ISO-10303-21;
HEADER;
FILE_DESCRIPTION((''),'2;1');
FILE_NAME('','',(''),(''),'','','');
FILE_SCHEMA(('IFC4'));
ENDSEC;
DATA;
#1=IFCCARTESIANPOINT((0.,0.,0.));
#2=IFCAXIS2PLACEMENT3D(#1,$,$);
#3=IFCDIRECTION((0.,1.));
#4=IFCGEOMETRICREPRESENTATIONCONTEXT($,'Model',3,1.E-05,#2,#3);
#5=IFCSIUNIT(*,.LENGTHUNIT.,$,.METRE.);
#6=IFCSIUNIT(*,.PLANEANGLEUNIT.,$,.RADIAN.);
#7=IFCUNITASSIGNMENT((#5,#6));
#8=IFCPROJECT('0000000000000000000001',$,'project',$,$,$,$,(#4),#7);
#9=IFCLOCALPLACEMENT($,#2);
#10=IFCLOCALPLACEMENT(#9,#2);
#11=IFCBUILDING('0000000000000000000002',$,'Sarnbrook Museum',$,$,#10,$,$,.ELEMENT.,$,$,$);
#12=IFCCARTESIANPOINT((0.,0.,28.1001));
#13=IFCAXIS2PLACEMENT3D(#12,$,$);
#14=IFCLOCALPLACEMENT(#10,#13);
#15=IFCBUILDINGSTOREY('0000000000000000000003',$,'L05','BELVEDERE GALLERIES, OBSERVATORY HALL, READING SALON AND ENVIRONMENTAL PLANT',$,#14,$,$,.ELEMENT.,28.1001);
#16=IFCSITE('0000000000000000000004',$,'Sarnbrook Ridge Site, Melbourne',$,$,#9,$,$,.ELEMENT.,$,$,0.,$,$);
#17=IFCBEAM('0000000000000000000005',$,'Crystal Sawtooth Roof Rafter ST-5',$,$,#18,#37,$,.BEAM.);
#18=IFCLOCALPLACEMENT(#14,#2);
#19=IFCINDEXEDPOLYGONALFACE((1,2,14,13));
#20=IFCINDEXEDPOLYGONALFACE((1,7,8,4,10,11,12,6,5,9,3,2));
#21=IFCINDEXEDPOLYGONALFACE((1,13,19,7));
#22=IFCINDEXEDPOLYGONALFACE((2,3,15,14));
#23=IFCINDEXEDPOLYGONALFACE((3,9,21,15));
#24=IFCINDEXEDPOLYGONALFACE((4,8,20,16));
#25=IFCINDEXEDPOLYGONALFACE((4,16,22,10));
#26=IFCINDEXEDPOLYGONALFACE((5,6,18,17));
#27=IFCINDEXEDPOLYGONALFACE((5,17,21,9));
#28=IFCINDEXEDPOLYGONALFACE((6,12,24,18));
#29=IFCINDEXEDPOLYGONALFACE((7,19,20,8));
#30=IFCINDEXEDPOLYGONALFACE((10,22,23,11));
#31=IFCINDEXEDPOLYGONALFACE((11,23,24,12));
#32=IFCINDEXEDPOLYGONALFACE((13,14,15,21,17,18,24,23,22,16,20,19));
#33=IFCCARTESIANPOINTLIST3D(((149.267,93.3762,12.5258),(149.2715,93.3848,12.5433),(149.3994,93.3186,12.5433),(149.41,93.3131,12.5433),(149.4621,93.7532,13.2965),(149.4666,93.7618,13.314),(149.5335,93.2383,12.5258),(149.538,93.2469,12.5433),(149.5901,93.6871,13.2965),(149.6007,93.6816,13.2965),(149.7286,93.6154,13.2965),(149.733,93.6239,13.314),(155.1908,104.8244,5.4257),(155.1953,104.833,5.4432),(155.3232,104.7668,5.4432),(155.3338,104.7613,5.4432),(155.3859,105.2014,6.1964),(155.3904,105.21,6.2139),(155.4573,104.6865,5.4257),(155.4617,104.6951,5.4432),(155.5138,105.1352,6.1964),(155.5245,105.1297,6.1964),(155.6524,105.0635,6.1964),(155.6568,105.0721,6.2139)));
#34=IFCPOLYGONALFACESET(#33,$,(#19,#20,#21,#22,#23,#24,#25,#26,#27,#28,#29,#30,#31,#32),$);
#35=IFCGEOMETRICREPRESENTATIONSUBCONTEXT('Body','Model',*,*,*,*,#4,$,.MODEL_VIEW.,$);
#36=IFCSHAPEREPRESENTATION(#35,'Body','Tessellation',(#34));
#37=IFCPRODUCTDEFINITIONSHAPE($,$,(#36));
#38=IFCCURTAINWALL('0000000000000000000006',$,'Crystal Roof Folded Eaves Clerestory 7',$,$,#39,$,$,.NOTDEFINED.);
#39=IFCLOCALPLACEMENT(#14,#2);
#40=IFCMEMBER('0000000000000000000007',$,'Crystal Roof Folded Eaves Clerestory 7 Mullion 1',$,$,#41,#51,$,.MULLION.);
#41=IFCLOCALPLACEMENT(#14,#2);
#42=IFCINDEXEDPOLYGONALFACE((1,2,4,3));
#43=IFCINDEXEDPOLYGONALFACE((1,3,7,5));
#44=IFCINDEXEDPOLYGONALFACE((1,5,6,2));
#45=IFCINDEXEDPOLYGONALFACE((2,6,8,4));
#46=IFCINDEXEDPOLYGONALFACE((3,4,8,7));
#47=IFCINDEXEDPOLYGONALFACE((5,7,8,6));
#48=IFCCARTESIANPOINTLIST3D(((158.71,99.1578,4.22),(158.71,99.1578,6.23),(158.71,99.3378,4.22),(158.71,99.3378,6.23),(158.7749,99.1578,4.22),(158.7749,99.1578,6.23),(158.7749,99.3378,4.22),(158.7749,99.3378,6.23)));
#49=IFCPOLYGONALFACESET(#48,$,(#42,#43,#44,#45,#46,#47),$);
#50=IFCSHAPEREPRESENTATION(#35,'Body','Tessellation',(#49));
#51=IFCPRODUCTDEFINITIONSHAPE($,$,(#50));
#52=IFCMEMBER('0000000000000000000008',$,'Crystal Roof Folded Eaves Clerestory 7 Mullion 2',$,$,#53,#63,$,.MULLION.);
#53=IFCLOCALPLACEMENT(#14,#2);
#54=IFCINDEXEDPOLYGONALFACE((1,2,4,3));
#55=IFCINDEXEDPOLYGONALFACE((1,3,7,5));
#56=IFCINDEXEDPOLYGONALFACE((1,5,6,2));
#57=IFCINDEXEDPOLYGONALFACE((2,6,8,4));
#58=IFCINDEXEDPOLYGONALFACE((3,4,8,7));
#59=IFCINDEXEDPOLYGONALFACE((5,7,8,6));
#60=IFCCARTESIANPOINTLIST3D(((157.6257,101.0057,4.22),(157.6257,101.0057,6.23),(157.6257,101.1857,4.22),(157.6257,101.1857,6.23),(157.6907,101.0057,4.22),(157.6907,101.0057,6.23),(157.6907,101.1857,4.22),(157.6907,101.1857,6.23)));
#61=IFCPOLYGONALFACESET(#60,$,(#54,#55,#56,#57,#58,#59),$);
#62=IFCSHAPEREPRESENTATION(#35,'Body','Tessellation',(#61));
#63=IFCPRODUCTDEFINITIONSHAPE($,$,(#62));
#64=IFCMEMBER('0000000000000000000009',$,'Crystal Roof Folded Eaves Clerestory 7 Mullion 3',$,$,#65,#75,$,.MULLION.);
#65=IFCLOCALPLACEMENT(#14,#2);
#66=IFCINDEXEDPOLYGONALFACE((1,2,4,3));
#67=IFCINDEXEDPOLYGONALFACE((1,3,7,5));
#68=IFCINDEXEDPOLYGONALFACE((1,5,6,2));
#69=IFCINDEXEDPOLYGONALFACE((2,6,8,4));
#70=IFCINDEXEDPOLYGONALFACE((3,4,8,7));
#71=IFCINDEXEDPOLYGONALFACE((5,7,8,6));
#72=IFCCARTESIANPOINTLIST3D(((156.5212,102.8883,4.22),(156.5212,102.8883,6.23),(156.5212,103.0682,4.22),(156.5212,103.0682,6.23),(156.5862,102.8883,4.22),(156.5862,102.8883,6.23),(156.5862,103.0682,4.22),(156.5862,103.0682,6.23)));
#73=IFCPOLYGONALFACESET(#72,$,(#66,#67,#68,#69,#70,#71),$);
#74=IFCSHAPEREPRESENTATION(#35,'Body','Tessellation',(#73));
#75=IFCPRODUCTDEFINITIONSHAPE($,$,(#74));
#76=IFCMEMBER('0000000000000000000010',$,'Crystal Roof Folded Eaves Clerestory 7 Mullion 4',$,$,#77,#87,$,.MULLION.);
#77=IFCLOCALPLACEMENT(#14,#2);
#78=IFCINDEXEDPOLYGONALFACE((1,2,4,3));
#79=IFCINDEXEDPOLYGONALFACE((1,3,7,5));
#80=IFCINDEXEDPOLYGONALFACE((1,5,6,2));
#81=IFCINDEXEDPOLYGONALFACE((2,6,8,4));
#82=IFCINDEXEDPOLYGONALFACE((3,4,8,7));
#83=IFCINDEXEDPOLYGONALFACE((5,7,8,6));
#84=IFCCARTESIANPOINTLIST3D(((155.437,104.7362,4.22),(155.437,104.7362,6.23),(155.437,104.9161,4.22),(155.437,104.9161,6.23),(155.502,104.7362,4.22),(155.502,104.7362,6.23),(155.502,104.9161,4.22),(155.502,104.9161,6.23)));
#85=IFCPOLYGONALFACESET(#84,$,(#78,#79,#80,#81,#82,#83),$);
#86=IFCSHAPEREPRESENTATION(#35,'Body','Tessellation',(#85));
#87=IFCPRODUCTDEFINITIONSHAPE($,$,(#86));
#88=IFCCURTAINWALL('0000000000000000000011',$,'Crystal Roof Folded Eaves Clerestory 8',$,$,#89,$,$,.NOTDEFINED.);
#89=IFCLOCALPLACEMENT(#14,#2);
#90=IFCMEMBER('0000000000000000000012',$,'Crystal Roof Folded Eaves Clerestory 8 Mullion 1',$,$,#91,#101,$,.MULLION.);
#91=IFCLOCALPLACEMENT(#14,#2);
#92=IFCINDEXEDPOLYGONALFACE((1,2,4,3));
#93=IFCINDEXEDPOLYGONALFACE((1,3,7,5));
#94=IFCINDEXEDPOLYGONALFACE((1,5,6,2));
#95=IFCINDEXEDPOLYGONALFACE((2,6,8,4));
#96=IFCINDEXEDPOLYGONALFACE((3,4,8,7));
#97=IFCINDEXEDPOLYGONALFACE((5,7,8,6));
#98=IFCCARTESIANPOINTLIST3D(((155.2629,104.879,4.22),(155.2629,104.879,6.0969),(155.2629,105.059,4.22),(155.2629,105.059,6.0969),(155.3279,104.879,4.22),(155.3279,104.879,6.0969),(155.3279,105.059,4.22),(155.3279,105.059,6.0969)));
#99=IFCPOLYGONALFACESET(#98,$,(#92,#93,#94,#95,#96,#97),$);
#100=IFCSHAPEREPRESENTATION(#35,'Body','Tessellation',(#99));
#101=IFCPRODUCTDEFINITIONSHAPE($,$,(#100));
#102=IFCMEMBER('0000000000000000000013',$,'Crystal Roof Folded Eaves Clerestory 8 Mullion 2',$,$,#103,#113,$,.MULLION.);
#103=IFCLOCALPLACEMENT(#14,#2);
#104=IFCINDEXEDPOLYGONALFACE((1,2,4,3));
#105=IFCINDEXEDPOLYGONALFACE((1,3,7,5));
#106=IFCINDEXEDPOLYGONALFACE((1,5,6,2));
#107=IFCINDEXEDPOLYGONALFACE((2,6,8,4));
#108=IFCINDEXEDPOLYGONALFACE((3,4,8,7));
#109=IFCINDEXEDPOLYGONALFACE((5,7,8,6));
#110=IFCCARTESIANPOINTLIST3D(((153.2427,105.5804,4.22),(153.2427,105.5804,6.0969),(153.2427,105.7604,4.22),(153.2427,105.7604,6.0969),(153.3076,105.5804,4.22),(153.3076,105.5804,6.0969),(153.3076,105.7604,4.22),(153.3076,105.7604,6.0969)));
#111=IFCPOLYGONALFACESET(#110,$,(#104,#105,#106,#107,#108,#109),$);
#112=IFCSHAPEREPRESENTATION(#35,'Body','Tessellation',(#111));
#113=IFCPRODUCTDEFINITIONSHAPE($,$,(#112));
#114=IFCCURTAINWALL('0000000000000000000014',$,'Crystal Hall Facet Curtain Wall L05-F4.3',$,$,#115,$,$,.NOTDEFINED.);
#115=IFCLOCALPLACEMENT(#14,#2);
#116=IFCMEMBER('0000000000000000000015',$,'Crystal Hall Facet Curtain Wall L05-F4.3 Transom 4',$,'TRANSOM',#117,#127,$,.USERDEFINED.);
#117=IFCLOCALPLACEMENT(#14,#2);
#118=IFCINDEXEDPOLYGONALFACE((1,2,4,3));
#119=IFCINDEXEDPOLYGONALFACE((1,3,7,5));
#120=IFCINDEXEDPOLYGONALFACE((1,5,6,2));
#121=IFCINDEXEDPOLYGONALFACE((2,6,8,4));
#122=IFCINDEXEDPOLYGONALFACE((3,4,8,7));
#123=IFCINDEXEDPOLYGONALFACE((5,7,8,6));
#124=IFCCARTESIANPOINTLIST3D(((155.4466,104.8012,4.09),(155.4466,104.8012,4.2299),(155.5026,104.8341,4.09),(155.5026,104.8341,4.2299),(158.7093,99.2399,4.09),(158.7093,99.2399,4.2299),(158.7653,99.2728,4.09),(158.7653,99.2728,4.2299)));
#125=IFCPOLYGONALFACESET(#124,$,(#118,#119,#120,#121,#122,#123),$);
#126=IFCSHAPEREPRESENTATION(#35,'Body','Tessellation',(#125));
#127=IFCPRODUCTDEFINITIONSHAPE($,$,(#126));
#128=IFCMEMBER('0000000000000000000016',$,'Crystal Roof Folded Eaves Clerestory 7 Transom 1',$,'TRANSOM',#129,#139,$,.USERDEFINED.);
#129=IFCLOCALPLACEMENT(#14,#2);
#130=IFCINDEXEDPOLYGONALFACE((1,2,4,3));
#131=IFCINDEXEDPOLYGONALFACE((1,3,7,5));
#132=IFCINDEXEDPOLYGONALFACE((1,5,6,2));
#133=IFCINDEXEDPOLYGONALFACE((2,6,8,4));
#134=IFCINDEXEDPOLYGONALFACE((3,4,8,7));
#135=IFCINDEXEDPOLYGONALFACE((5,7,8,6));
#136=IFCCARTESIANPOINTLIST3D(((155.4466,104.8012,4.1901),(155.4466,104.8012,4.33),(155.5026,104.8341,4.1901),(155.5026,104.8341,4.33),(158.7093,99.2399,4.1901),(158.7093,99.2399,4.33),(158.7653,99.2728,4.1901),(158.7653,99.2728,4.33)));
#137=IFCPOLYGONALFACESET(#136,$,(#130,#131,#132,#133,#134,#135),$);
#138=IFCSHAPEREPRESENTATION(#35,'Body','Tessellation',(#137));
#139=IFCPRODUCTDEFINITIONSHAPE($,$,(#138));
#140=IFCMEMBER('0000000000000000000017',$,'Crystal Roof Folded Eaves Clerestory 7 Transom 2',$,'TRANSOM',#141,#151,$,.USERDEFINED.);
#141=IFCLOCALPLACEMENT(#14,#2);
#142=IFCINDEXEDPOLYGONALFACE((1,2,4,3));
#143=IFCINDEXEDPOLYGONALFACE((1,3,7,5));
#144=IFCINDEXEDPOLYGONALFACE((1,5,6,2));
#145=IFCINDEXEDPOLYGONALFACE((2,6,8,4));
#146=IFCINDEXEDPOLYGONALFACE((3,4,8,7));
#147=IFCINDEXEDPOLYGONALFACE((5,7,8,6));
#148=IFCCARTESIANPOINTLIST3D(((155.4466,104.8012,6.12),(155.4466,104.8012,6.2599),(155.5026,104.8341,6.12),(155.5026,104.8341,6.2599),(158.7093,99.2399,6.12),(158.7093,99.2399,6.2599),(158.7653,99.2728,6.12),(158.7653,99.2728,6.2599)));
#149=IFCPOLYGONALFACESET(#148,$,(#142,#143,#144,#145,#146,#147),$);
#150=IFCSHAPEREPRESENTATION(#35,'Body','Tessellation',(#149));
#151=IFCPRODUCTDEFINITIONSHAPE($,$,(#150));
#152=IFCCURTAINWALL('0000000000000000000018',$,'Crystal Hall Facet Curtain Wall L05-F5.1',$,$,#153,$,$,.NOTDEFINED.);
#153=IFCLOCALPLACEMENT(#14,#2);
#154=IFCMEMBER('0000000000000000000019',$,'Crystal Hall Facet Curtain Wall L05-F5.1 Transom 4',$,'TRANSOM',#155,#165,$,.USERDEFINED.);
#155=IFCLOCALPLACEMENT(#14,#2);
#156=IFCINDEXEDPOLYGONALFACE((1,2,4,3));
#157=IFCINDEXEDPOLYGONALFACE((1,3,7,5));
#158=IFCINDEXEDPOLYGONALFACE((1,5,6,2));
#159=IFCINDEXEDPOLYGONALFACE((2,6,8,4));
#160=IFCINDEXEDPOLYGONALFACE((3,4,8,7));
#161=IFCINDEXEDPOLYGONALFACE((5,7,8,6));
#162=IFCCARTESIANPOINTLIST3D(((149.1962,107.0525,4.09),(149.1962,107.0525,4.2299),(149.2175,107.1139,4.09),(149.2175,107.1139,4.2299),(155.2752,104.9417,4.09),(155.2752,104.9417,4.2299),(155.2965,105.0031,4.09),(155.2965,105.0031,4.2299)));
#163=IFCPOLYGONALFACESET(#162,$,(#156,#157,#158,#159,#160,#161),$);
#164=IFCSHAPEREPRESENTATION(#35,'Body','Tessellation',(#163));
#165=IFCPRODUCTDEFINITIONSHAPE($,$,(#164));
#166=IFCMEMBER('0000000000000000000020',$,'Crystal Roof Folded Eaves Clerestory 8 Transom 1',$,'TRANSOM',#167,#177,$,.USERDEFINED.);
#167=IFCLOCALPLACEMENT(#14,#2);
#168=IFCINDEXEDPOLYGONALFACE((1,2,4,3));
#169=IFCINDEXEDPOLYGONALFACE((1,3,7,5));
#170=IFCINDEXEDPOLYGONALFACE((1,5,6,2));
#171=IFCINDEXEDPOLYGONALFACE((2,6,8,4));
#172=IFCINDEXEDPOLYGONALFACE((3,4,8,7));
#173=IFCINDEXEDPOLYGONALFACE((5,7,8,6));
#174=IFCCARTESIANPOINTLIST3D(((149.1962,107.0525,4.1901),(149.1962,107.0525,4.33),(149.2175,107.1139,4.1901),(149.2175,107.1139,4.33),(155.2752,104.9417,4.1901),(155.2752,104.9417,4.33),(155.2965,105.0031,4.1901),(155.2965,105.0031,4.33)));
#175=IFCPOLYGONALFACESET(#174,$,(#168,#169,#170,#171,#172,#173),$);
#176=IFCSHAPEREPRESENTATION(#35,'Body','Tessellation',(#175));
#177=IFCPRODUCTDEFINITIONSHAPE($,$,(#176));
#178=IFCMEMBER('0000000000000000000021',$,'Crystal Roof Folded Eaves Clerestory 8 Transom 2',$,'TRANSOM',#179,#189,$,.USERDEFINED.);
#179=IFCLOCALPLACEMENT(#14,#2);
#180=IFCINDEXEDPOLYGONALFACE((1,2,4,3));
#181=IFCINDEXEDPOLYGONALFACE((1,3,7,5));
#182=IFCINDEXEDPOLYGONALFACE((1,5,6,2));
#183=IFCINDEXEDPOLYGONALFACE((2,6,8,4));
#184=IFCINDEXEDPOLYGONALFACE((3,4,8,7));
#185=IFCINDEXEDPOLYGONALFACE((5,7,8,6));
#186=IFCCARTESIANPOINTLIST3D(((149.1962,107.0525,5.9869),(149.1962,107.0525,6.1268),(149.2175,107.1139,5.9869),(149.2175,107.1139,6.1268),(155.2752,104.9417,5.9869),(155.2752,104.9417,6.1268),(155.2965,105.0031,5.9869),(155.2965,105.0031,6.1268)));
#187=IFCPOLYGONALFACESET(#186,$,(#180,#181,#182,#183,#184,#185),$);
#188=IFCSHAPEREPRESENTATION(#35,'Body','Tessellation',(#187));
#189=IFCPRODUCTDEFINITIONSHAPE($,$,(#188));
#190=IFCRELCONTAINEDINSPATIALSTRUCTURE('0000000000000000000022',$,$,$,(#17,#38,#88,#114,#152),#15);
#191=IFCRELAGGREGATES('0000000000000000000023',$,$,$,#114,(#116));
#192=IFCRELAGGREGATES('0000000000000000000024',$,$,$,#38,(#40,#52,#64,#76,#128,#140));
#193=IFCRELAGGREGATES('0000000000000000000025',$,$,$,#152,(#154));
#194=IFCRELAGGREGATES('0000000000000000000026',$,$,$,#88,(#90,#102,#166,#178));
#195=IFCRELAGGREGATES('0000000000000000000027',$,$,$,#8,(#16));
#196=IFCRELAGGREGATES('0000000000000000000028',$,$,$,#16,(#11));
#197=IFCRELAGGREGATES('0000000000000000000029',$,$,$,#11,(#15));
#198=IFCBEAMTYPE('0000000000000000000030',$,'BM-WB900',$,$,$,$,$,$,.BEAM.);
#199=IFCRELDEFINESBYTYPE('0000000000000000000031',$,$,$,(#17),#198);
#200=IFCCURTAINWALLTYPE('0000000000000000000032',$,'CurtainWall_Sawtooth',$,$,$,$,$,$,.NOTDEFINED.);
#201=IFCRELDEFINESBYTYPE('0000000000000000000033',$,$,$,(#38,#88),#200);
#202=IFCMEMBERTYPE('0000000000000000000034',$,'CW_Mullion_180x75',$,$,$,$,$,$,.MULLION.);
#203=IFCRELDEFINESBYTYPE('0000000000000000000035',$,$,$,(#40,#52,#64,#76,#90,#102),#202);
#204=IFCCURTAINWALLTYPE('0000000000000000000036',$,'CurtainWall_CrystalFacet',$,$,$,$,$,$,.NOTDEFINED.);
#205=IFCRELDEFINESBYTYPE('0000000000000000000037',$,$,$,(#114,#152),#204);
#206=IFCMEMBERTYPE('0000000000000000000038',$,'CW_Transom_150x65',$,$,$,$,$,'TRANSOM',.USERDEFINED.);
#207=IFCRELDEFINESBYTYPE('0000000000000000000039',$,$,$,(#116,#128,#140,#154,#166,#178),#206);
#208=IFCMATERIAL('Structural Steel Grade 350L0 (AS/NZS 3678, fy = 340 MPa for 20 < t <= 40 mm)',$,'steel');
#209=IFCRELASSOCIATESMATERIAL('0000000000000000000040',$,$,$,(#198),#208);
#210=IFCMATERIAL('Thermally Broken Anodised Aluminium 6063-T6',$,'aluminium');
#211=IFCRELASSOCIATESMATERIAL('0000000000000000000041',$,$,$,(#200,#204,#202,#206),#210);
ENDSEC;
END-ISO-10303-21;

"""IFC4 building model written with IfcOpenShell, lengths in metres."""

from ifc_helpers import new_model, si_unit, direction, frame, origin, origin_2d, place, context, subcontext, project, spatial, rectangle, i_section, extrude, material, material_profile, profile_set, type_object, element, aggregate, save


model = new_model("IFC4")

# Units and contexts
model_context = context("Model", 3, precision=1e-05, world=origin(), true_north=direction((0.0, 1.0)))
body_context = subcontext(model_context, "Body", "Model", "MODEL_VIEW")
ifc_project = project(units=[si_unit("LENGTHUNIT", "METRE"), si_unit("PLANEANGLEUNIT", "RADIAN")], contexts=[model_context])

# Site, building, storey
site_placement = place(None, origin())
site = spatial("IfcSite", under=ifc_project, at=site_placement, Name="Sarnbrook Ridge Site, Melbourne", CompositionType="ELEMENT", RefElevation=0.0)
building_placement = place(site_placement, origin())
building = spatial("IfcBuilding", under=site, at=building_placement, Name="Sarnbrook Museum", CompositionType="ELEMENT")
storey_placement = place(building_placement, frame((0.0, 0.0, 28.1001)))
storey = spatial("IfcBuildingStorey", under=building, at=storey_placement, Name="L05", Description="BELVEDERE GALLERIES, OBSERVATORY HALL, READING SALON AND ENVIRONMENTAL PLANT", CompositionType="ELEMENT", Elevation=28.1001)

# Beam
ifc_material_1 = material(Name="Structural Steel Grade 350L0 (AS/NZS 3678, fy = 340 MPa for 20 < t <= 40 mm)", Category="steel")
ifc_material_profile_1 = material_profile(ifc_material_1, i_section(OverallWidth=0.3, OverallDepth=0.8999, WebThickness=0.012, FlangeThickness=0.02, at=origin_2d()), Name="900WB175")
ifc_profile_set_1 = profile_set([ifc_material_profile_1], Name="Structural Steel Grade 350L0 (AS/NZS 3678, fy = 340 MPa for 20 < t <= 40 mm)")
beam_type = type_object("IfcBeamType", Name="BM-WB900", PredefinedType="BEAM", material=ifc_profile_set_1)
beam_placement = place(storey_placement, frame((155.4238, 104.9482, 5.8198), z_axis=(-0.402539, -0.777937, 0.482469), x_axis=(0.888144, -0.459565, 0.0)))
element("IfcBeam", 1, at=beam_placement, inside=storey, type_object=beam_type, Name="Crystal Sawtooth Roof Rafter ST-5", PredefinedType="BEAM", context=body_context, shape_type="SweptSolid", body=[
    extrude(i_section(OverallWidth=0.3, OverallDepth=0.8999, WebThickness=0.012, FlangeThickness=0.02, at=origin_2d()), origin(), (0.0, 0.0, 1.0), 14.7161),
])

# Curtain walls, members
ifc_material_2 = material(Name="Thermally Broken Anodised Aluminium 6063-T6", Category="aluminium")
curtain_wall_type_1 = type_object("IfcCurtainWallType", Name="CurtainWall_Sawtooth", PredefinedType="NOTDEFINED", material=ifc_material_2)
curtain_wall_1_placement = place(storey_placement, origin())
curtain_wall_1 = element("IfcCurtainWall", 2, at=curtain_wall_1_placement, inside=storey, type_object=curtain_wall_type_1, Name="Crystal Roof Folded Eaves Clerestory 7", PredefinedType="NOTDEFINED")
ifc_material_profile_2 = material_profile(ifc_material_2, rectangle(XDim=0.0649, YDim=0.1799, at=origin_2d()), Name="ALU MULLION 65x180")
ifc_profile_set_2 = profile_set([ifc_material_profile_2], Name="Thermally Broken Anodised Aluminium 6063-T6")
member_type_1 = type_object("IfcMemberType", Name="CW_Mullion_180x75", PredefinedType="MULLION", material=ifc_profile_set_2)
member_1_placement = place(storey_placement, frame((158.7424, 99.2478, 4.22), z_axis=(0.0, 0.0, 1.0), x_axis=(1.0, 0.0, 0.0)))
member_1 = element("IfcMember", 3, at=member_1_placement, type_object=member_type_1, Name="Crystal Roof Folded Eaves Clerestory 7 Mullion 1", PredefinedType="MULLION", context=body_context, shape_type="SweptSolid", body=[
    extrude(rectangle(XDim=0.0649, YDim=0.1799, at=origin_2d()), origin(), (0.0, 0.0, 1.0), 2.01),
])
member_2_placement = place(storey_placement, frame((157.6582, 101.0957, 4.22), z_axis=(0.0, 0.0, 1.0), x_axis=(1.0, 0.0, 0.0)))
member_2 = element("IfcMember", 4, at=member_2_placement, type_object=member_type_1, Name="Crystal Roof Folded Eaves Clerestory 7 Mullion 2", PredefinedType="MULLION", context=body_context, shape_type="SweptSolid", body=[
    extrude(rectangle(XDim=0.0649, YDim=0.1799, at=origin_2d()), origin(), (0.0, 0.0, 1.0), 2.01),
])
member_3_placement = place(storey_placement, frame((156.5537, 102.9783, 4.22), z_axis=(0.0, 0.0, 1.0), x_axis=(1.0, 0.0, 0.0)))
member_3 = element("IfcMember", 5, at=member_3_placement, type_object=member_type_1, Name="Crystal Roof Folded Eaves Clerestory 7 Mullion 3", PredefinedType="MULLION", context=body_context, shape_type="SweptSolid", body=[
    extrude(rectangle(XDim=0.0649, YDim=0.1799, at=origin_2d()), origin(), (0.0, 0.0, 1.0), 2.01),
])
member_4_placement = place(storey_placement, frame((155.4695, 104.8262, 4.22), z_axis=(0.0, 0.0, 1.0), x_axis=(1.0, 0.0, 0.0)))
member_4 = element("IfcMember", 6, at=member_4_placement, type_object=member_type_1, Name="Crystal Roof Folded Eaves Clerestory 7 Mullion 4", PredefinedType="MULLION", context=body_context, shape_type="SweptSolid", body=[
    extrude(rectangle(XDim=0.0649, YDim=0.1799, at=origin_2d()), origin(), (0.0, 0.0, 1.0), 2.01),
])
curtain_wall_2_placement = place(storey_placement, origin())
curtain_wall_2 = element("IfcCurtainWall", 7, at=curtain_wall_2_placement, inside=storey, type_object=curtain_wall_type_1, Name="Crystal Roof Folded Eaves Clerestory 8", PredefinedType="NOTDEFINED")
member_5_placement = place(storey_placement, frame((155.2954, 104.969, 4.22), z_axis=(0.0, 0.0, 1.0), x_axis=(1.0, 0.0, 0.0)))
member_5 = element("IfcMember", 8, at=member_5_placement, type_object=member_type_1, Name="Crystal Roof Folded Eaves Clerestory 8 Mullion 1", PredefinedType="MULLION", context=body_context, shape_type="SweptSolid", body=[
    extrude(rectangle(XDim=0.0649, YDim=0.1799, at=origin_2d()), origin(), (0.0, 0.0, 1.0), 1.877),
])
member_6_placement = place(storey_placement, frame((153.2751, 105.6704, 4.22), z_axis=(0.0, 0.0, 1.0), x_axis=(1.0, 0.0, 0.0)))
member_6 = element("IfcMember", 9, at=member_6_placement, type_object=member_type_1, Name="Crystal Roof Folded Eaves Clerestory 8 Mullion 2", PredefinedType="MULLION", context=body_context, shape_type="SweptSolid", body=[
    extrude(rectangle(XDim=0.0649, YDim=0.1799, at=origin_2d()), origin(), (0.0, 0.0, 1.0), 1.877),
])

# Curtain wall, member
curtain_wall_type_2 = type_object("IfcCurtainWallType", Name="CurtainWall_CrystalFacet", PredefinedType="NOTDEFINED", material=ifc_material_2)
curtain_wall_3_placement = place(storey_placement, origin())
curtain_wall_3 = element("IfcCurtainWall", 10, at=curtain_wall_3_placement, inside=storey, type_object=curtain_wall_type_2, Name="Crystal Hall Facet Curtain Wall L05-F4.3", PredefinedType="NOTDEFINED")
ifc_material_profile_3 = material_profile(ifc_material_2, rectangle(XDim=0.0649, YDim=0.1399, at=origin_2d()), Name="ALU TRANSOM 65x140")
ifc_profile_set_3 = profile_set([ifc_material_profile_3], Name="Thermally Broken Anodised Aluminium 6063-T6")
member_type_2 = type_object("IfcMemberType", Name="CW_Transom_150x65", ElementType="TRANSOM", PredefinedType="USERDEFINED", material=ifc_profile_set_3)
member_7_placement = place(storey_placement, frame((158.7373, 99.2563, 4.1599), z_axis=(-0.506024, 0.86252, 0.0), x_axis=(-0.86252, -0.506024, 0.0)))
member_7 = element("IfcMember", 11, at=member_7_placement, type_object=member_type_2, Name="Crystal Hall Facet Curtain Wall L05-F4.3 Transom 4", ObjectType="TRANSOM", PredefinedType="USERDEFINED", context=body_context, shape_type="SweptSolid", body=[
    extrude(rectangle(XDim=0.0649, YDim=0.1399, at=origin_2d()), origin(), (0.0, 0.0, 1.0), 6.4478),
])

# Members
member_8_placement = place(storey_placement, frame((158.7373, 99.2563, 4.26), z_axis=(-0.506024, 0.86252, 0.0), x_axis=(-0.86252, -0.506024, 0.0)))
member_8 = element("IfcMember", 12, at=member_8_placement, type_object=member_type_2, Name="Crystal Roof Folded Eaves Clerestory 7 Transom 1", ObjectType="TRANSOM", PredefinedType="USERDEFINED", context=body_context, shape_type="SweptSolid", body=[
    extrude(rectangle(XDim=0.0649, YDim=0.1399, at=origin_2d()), origin(), (0.0, 0.0, 1.0), 6.4478),
])
member_9_placement = place(storey_placement, frame((158.7373, 99.2563, 6.1899), z_axis=(-0.506024, 0.86252, 0.0), x_axis=(-0.86252, -0.506024, 0.0)))
member_9 = element("IfcMember", 13, at=member_9_placement, type_object=member_type_2, Name="Crystal Roof Folded Eaves Clerestory 7 Transom 2", ObjectType="TRANSOM", PredefinedType="USERDEFINED", context=body_context, shape_type="SweptSolid", body=[
    extrude(rectangle(XDim=0.0649, YDim=0.1399, at=origin_2d()), origin(), (0.0, 0.0, 1.0), 6.4478),
])

# Curtain wall, member
curtain_wall_4_placement = place(storey_placement, origin())
curtain_wall_4 = element("IfcCurtainWall", 14, at=curtain_wall_4_placement, inside=storey, type_object=curtain_wall_type_2, Name="Crystal Hall Facet Curtain Wall L05-F5.1", PredefinedType="NOTDEFINED")
member_10_placement = place(storey_placement, frame((155.2859, 104.9724, 4.1599), z_axis=(-0.944672, 0.328017, 0.0), x_axis=(-0.328017, -0.944672, 0.0)))
member_10 = element("IfcMember", 15, at=member_10_placement, type_object=member_type_2, Name="Crystal Hall Facet Curtain Wall L05-F5.1 Transom 4", ObjectType="TRANSOM", PredefinedType="USERDEFINED", context=body_context, shape_type="SweptSolid", body=[
    extrude(rectangle(XDim=0.0649, YDim=0.1399, at=origin_2d()), origin(), (0.0, 0.0, 1.0), 6.4351),
])

# Members
member_11_placement = place(storey_placement, frame((155.2859, 104.9724, 4.26), z_axis=(-0.944672, 0.328017, 0.0), x_axis=(-0.328017, -0.944672, 0.0)))
member_11 = element("IfcMember", 16, at=member_11_placement, type_object=member_type_2, Name="Crystal Roof Folded Eaves Clerestory 8 Transom 1", ObjectType="TRANSOM", PredefinedType="USERDEFINED", context=body_context, shape_type="SweptSolid", body=[
    extrude(rectangle(XDim=0.0649, YDim=0.1399, at=origin_2d()), origin(), (0.0, 0.0, 1.0), 6.4351),
])
member_12_placement = place(storey_placement, frame((155.2859, 104.9724, 6.0569), z_axis=(-0.944672, 0.328017, 0.0), x_axis=(-0.328017, -0.944672, 0.0)))
member_12 = element("IfcMember", 17, at=member_12_placement, type_object=member_type_2, Name="Crystal Roof Folded Eaves Clerestory 8 Transom 2", ObjectType="TRANSOM", PredefinedType="USERDEFINED", context=body_context, shape_type="SweptSolid", body=[
    extrude(rectangle(XDim=0.0649, YDim=0.1399, at=origin_2d()), origin(), (0.0, 0.0, 1.0), 6.4351),
])

aggregate(curtain_wall_3, [member_7])
aggregate(curtain_wall_1, [member_1, member_2, member_3, member_4, member_8, member_9])
aggregate(curtain_wall_4, [member_10])
aggregate(curtain_wall_2, [member_5, member_6, member_11, member_12])

save(model, "model.ifc")
